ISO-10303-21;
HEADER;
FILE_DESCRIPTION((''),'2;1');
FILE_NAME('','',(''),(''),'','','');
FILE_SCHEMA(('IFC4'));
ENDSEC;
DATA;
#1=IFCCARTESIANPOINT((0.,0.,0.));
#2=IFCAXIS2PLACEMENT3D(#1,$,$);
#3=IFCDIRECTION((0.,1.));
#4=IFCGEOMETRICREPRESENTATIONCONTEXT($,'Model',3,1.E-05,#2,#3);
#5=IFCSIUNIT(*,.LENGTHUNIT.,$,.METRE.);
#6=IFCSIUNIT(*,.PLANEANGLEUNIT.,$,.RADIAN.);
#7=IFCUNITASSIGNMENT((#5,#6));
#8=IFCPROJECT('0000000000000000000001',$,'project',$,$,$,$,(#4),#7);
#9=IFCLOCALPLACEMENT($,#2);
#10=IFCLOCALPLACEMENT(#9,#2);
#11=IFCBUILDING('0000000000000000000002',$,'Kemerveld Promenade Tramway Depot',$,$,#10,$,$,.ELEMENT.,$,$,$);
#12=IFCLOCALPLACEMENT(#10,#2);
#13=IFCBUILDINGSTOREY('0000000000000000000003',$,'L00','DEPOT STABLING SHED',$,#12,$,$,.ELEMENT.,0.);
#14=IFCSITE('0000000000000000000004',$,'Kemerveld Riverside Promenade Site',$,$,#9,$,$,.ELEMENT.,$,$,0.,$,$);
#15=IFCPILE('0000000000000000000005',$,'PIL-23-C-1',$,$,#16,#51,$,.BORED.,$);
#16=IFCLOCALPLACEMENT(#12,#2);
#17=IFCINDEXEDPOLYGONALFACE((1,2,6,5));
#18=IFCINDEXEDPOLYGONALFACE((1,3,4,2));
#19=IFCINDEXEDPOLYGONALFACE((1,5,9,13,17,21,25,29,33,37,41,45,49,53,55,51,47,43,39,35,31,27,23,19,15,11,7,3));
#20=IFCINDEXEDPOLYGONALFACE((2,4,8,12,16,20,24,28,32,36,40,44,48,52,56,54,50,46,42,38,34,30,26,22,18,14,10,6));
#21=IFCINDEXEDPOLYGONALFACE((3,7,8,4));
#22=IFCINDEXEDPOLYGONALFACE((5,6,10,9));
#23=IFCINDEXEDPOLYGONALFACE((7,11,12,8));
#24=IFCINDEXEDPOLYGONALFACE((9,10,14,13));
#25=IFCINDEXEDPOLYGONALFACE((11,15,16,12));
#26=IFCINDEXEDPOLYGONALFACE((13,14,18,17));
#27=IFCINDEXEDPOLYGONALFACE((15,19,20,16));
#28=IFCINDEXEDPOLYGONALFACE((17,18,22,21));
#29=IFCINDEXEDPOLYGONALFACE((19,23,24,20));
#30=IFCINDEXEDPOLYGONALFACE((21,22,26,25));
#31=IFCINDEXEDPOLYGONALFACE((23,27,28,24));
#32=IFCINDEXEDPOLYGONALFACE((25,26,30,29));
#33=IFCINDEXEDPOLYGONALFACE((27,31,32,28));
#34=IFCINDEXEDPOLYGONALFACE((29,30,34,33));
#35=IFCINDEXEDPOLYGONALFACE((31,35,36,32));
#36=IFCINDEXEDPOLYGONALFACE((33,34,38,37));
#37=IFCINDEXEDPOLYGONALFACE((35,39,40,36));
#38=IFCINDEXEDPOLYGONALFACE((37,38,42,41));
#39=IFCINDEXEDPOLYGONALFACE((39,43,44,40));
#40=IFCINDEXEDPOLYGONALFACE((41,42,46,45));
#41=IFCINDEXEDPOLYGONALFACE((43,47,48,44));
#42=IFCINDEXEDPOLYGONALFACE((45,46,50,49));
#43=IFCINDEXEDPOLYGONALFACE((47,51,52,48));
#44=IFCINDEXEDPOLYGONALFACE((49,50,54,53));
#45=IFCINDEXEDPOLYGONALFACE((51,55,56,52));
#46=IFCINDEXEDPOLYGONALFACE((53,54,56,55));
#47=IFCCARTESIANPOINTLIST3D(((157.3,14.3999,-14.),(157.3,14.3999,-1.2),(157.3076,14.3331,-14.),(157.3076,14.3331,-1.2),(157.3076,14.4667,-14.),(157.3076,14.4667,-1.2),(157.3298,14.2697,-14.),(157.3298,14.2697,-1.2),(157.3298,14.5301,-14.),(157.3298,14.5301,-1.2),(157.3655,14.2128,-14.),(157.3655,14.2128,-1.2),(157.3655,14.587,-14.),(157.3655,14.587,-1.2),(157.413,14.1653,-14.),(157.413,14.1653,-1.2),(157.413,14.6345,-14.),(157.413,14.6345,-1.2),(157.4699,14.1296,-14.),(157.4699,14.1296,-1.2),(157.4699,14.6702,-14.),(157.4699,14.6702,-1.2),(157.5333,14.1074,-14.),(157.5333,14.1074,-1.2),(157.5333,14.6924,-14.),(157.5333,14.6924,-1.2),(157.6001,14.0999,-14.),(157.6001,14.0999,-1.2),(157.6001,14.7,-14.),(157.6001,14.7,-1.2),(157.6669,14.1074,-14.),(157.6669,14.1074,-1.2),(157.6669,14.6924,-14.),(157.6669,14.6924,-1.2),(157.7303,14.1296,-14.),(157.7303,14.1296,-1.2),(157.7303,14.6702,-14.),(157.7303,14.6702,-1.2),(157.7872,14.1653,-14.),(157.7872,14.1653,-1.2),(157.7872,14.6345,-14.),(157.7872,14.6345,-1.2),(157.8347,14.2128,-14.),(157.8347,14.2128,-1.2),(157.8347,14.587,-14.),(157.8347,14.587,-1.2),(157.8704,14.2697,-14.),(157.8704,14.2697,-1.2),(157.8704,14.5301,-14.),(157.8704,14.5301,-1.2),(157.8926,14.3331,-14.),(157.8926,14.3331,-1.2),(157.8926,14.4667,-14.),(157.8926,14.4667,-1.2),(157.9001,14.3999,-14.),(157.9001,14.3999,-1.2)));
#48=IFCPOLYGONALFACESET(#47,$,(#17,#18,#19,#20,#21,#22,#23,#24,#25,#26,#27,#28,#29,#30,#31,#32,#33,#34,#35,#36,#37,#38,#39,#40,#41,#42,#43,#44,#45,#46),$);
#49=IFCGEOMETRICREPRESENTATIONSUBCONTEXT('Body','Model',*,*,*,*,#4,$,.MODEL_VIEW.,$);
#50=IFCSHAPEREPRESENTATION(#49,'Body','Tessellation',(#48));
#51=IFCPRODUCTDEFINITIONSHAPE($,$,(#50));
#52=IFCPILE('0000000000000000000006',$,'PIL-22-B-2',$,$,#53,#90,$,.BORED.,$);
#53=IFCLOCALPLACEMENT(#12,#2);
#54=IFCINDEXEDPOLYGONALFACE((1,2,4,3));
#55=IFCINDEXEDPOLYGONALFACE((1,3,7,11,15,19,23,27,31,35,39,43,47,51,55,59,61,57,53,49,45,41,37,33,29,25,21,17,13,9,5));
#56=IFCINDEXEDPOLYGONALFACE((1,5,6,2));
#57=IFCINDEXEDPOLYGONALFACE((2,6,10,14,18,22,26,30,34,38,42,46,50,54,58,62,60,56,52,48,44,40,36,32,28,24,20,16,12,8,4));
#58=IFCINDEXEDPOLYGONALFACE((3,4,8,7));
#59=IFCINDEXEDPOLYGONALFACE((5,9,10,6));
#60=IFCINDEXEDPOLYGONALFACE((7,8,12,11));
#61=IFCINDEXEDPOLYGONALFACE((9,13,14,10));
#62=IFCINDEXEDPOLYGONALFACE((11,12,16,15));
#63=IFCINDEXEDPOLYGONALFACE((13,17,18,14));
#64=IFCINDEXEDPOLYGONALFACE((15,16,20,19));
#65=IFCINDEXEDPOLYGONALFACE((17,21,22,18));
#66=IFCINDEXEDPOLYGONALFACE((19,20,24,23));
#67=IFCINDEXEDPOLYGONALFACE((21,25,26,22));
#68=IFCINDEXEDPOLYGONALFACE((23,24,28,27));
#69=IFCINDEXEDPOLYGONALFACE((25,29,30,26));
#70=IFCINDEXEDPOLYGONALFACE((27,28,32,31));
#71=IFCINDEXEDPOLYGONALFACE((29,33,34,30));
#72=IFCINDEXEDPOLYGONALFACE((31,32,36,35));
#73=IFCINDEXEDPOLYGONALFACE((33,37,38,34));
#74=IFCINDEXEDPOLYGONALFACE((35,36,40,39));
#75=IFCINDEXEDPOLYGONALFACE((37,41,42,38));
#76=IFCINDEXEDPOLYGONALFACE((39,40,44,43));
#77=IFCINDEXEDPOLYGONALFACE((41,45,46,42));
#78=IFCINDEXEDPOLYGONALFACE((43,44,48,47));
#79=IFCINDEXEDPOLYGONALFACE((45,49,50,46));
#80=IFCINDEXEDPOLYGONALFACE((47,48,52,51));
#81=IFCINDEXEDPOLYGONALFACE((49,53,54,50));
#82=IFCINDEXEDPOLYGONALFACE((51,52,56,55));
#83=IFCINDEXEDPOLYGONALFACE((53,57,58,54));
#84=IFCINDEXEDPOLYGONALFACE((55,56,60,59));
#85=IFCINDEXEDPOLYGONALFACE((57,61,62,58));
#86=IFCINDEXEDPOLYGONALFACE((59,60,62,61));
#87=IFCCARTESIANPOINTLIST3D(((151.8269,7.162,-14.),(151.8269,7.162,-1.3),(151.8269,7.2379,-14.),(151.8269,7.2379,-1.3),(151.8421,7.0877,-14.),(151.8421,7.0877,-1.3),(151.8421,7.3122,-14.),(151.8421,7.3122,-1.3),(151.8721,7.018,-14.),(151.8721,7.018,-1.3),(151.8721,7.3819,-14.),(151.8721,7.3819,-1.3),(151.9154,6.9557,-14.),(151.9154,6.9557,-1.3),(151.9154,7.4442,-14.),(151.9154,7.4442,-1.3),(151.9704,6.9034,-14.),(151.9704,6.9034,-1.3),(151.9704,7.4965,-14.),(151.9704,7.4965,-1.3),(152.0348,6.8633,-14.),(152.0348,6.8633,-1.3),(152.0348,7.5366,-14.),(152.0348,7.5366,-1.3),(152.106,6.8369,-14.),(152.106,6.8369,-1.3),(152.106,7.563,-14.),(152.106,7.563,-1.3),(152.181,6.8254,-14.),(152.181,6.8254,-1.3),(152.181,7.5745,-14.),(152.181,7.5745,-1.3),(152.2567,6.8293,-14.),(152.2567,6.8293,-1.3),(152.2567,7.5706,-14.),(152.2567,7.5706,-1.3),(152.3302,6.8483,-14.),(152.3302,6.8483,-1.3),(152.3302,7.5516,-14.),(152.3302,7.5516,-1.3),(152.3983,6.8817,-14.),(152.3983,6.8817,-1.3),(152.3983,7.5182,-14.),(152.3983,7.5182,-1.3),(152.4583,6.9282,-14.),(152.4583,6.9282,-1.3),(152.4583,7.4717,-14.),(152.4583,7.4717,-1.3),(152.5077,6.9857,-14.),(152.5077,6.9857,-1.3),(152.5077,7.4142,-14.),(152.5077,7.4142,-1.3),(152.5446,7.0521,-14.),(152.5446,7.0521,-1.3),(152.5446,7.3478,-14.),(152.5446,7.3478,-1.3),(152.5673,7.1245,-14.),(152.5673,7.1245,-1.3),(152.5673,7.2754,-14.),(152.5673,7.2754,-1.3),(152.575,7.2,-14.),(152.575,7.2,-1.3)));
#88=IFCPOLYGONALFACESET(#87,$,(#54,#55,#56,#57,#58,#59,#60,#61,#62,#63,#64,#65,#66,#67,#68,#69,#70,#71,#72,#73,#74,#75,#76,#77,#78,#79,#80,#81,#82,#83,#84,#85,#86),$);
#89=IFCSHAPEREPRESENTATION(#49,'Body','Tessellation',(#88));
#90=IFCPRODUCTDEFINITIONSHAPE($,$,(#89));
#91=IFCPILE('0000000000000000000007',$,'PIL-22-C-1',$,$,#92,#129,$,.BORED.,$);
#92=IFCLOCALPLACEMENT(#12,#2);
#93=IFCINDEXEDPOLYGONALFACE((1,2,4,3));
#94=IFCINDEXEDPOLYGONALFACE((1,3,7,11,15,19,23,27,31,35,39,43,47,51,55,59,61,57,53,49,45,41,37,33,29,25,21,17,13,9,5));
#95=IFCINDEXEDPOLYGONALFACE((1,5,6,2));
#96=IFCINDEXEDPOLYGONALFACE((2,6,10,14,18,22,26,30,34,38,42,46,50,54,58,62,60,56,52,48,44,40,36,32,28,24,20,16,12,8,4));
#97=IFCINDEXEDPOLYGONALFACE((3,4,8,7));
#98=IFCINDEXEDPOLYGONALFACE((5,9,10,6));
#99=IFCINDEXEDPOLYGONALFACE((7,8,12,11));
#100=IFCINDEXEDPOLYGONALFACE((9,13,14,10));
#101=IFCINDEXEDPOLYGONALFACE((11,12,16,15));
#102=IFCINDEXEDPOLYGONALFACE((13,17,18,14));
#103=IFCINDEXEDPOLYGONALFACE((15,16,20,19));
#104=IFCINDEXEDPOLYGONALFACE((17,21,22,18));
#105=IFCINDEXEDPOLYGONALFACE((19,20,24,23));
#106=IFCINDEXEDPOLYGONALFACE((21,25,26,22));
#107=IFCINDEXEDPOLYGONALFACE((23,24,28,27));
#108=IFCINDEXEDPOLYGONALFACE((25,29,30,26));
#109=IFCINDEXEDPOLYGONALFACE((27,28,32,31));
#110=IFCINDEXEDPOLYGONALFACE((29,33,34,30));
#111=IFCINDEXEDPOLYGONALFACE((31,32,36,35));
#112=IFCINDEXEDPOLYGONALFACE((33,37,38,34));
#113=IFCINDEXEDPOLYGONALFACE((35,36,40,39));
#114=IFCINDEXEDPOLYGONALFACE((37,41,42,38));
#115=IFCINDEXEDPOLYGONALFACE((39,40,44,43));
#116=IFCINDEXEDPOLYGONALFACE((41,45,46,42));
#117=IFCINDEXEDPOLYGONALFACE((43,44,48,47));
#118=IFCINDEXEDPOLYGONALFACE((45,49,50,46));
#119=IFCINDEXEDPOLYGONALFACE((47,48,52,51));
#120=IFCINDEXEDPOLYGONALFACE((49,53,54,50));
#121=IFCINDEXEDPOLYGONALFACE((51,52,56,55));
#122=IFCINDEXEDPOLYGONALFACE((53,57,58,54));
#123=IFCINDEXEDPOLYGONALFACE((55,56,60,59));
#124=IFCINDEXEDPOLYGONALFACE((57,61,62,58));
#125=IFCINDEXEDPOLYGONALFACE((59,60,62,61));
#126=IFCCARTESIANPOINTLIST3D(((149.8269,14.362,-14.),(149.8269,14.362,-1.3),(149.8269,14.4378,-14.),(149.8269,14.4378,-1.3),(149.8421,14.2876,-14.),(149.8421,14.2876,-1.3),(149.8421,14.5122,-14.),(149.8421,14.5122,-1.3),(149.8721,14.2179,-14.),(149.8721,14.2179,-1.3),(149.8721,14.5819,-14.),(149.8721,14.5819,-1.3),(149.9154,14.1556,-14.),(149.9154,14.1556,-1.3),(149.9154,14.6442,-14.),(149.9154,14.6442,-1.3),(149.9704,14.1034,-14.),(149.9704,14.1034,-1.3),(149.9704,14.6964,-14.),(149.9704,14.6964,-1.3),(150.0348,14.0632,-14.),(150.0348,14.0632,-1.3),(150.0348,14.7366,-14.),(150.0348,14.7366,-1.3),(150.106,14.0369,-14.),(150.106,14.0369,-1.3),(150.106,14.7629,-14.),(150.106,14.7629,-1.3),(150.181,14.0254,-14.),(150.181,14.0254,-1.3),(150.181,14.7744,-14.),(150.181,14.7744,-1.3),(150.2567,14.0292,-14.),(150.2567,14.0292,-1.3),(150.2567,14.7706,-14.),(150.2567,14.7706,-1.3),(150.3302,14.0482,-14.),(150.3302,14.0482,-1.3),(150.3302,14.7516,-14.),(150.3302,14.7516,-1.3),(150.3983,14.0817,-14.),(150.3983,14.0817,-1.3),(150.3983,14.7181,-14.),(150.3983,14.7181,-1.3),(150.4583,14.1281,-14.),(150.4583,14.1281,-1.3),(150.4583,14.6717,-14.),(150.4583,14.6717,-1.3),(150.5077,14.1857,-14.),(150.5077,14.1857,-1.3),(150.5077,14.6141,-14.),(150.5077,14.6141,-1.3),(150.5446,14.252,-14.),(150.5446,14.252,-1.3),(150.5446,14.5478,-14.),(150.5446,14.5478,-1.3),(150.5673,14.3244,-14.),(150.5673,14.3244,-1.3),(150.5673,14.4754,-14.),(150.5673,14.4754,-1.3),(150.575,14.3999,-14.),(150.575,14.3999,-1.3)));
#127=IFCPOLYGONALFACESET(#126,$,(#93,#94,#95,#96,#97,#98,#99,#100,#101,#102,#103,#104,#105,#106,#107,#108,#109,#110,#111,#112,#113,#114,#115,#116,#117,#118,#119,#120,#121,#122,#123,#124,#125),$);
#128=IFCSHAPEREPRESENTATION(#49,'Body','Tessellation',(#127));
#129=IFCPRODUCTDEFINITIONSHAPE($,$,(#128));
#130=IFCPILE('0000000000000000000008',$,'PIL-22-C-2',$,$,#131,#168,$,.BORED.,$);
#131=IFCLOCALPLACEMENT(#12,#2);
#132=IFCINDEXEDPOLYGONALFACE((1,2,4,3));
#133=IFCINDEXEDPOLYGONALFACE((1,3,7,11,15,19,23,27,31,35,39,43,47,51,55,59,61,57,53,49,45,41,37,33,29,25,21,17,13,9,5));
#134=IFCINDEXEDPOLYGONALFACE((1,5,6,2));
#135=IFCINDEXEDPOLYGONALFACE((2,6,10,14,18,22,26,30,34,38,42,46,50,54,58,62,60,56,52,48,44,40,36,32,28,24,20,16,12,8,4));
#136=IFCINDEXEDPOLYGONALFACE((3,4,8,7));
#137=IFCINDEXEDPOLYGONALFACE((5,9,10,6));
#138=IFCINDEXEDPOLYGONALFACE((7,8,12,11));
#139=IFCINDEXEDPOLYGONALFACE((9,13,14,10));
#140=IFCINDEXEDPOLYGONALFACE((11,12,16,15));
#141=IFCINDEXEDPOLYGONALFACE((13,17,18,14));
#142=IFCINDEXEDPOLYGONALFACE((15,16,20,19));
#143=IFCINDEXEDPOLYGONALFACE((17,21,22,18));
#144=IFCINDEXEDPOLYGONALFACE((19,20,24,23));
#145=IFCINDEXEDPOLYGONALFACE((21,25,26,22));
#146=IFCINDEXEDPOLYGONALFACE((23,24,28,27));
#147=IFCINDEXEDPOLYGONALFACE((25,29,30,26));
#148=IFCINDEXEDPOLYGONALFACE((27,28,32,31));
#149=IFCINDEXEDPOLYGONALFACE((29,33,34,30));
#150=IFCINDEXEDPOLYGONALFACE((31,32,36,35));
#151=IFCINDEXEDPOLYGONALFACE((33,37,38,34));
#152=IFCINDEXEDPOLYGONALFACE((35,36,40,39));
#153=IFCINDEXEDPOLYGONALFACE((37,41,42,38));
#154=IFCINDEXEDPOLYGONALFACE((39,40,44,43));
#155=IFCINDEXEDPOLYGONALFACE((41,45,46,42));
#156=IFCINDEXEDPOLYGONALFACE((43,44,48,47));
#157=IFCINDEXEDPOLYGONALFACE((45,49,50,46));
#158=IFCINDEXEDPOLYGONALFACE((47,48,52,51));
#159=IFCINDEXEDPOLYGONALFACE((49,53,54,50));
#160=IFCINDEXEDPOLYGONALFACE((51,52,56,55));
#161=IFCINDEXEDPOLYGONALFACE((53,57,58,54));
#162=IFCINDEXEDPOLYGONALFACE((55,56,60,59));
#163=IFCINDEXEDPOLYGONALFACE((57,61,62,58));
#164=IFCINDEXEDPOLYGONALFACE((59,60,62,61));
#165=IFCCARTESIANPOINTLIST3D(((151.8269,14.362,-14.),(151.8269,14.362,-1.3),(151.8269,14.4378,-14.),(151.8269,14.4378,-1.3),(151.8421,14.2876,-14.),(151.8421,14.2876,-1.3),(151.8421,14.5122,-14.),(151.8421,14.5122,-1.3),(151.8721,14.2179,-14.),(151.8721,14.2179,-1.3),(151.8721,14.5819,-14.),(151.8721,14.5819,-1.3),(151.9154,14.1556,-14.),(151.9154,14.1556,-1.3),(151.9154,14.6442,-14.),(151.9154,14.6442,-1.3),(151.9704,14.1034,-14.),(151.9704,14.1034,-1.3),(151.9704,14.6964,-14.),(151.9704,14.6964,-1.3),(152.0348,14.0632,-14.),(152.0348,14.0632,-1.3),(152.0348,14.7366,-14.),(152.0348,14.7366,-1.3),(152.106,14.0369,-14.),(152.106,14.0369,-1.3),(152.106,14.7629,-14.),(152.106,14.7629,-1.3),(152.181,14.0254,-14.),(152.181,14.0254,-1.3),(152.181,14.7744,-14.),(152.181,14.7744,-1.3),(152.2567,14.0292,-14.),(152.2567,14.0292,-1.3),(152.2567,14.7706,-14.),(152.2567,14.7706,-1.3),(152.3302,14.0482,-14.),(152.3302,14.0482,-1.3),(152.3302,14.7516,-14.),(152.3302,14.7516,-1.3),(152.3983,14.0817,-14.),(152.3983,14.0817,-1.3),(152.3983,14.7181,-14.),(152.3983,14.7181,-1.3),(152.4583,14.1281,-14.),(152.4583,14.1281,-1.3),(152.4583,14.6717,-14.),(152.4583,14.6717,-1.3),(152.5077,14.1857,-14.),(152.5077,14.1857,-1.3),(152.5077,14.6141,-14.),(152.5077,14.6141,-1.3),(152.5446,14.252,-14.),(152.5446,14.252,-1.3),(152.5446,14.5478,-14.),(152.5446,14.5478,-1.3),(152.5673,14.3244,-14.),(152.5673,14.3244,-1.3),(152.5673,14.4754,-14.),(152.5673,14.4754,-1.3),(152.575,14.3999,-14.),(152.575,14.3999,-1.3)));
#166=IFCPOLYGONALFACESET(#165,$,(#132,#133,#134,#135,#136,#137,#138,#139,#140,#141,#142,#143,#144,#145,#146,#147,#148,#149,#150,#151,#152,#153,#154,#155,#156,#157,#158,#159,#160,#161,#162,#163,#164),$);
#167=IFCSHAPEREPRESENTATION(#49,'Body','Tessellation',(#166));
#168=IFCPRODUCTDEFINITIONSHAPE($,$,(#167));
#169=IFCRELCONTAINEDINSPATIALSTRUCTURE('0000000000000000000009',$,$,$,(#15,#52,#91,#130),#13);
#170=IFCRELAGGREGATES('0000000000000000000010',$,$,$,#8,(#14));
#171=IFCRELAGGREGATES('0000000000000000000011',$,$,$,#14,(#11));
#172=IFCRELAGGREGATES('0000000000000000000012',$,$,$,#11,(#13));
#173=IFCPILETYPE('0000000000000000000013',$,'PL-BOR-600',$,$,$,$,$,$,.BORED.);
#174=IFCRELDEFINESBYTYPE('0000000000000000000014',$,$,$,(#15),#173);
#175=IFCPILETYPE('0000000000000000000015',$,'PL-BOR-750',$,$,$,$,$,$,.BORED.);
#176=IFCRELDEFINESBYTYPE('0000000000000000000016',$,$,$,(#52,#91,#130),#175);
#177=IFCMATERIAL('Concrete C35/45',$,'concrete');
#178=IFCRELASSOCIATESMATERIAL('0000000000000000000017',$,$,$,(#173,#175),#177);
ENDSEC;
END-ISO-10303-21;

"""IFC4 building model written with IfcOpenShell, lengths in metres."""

from ifc_helpers import new_model, si_unit, direction, frame, origin, origin_2d, place, context, subcontext, project, spatial, circle, extrude, material, material_profile, profile_set, type_object, element, save


model = new_model("IFC4")

# Units and contexts
model_context = context("Model", 3, precision=1e-05, world=origin(), true_north=direction((0.0, 1.0)))
body_context = subcontext(model_context, "Body", "Model", "MODEL_VIEW")
ifc_project = project(units=[si_unit("LENGTHUNIT", "METRE"), si_unit("PLANEANGLEUNIT", "RADIAN")], contexts=[model_context])

# Site, building, storey
site_placement = place(None, origin())
site = spatial("IfcSite", under=ifc_project, at=site_placement, Name="Kemerveld Riverside Promenade Site", CompositionType="ELEMENT", RefElevation=0.0)
building_placement = place(site_placement, origin())
building = spatial("IfcBuilding", under=site, at=building_placement, Name="Kemerveld Promenade Tramway Depot", CompositionType="ELEMENT")
storey_placement = place(building_placement, origin())
storey = spatial("IfcBuildingStorey", under=building, at=storey_placement, Name="L00", Description="DEPOT STABLING SHED", CompositionType="ELEMENT", Elevation=0.0)

# Shared definitions
ifc_material_1 = material(Name="Concrete C35/45", Category="concrete")

# Piles
ifc_material_profile_1 = material_profile(ifc_material_1, circle(Radius=0.3, at=origin_2d()), Name="PILE-D600")
ifc_profile_set_1 = profile_set([ifc_material_profile_1], Name="Concrete C35/45")
pile_type_1 = type_object("IfcPileType", Name="PL-BOR-600", PredefinedType="BORED", material=ifc_profile_set_1)
for number, where, z_axis, x_axis, name in (
    (1, (157.6001, 14.3999, -1.2), (0.0, 0.0, -1.0), (1.0, 0.0, 0.0), "PIL-23-C-1"),
):
    element("IfcPile", number, at=place(storey_placement, frame(where, z_axis=z_axis, x_axis=x_axis)), inside=storey, type_object=pile_type_1, Name=name, PredefinedType="BORED", context=body_context, shape_type="SweptSolid", body=[
        extrude(circle(Radius=0.3, at=origin_2d()), origin(), (0.0, 0.0, 1.0), 12.8),
    ])
ifc_material_profile_2 = material_profile(ifc_material_1, circle(Radius=0.375, at=origin_2d()), Name="PILE-D750")
ifc_profile_set_2 = profile_set([ifc_material_profile_2], Name="Concrete C35/45")
pile_type_2 = type_object("IfcPileType", Name="PL-BOR-750", PredefinedType="BORED", material=ifc_profile_set_2)
for number, where, z_axis, x_axis, name in (
    (2, (152.2, 7.2, -1.3), (0.0, 0.0, -1.0), (1.0, 0.0, 0.0), "PIL-22-B-2"),
    (3, (150.2, 14.3999, -1.3), (0.0, 0.0, -1.0), (1.0, 0.0, 0.0), "PIL-22-C-1"),
    (4, (152.2, 14.3999, -1.3), (0.0, 0.0, -1.0), (1.0, 0.0, 0.0), "PIL-22-C-2"),
):
    element("IfcPile", number, at=place(storey_placement, frame(where, z_axis=z_axis, x_axis=x_axis)), inside=storey, type_object=pile_type_2, Name=name, PredefinedType="BORED", context=body_context, shape_type="SweptSolid", body=[
        extrude(circle(Radius=0.375, at=origin_2d()), origin(), (0.0, 0.0, 1.0), 12.7),
    ])

save(model, "model.ifc")
